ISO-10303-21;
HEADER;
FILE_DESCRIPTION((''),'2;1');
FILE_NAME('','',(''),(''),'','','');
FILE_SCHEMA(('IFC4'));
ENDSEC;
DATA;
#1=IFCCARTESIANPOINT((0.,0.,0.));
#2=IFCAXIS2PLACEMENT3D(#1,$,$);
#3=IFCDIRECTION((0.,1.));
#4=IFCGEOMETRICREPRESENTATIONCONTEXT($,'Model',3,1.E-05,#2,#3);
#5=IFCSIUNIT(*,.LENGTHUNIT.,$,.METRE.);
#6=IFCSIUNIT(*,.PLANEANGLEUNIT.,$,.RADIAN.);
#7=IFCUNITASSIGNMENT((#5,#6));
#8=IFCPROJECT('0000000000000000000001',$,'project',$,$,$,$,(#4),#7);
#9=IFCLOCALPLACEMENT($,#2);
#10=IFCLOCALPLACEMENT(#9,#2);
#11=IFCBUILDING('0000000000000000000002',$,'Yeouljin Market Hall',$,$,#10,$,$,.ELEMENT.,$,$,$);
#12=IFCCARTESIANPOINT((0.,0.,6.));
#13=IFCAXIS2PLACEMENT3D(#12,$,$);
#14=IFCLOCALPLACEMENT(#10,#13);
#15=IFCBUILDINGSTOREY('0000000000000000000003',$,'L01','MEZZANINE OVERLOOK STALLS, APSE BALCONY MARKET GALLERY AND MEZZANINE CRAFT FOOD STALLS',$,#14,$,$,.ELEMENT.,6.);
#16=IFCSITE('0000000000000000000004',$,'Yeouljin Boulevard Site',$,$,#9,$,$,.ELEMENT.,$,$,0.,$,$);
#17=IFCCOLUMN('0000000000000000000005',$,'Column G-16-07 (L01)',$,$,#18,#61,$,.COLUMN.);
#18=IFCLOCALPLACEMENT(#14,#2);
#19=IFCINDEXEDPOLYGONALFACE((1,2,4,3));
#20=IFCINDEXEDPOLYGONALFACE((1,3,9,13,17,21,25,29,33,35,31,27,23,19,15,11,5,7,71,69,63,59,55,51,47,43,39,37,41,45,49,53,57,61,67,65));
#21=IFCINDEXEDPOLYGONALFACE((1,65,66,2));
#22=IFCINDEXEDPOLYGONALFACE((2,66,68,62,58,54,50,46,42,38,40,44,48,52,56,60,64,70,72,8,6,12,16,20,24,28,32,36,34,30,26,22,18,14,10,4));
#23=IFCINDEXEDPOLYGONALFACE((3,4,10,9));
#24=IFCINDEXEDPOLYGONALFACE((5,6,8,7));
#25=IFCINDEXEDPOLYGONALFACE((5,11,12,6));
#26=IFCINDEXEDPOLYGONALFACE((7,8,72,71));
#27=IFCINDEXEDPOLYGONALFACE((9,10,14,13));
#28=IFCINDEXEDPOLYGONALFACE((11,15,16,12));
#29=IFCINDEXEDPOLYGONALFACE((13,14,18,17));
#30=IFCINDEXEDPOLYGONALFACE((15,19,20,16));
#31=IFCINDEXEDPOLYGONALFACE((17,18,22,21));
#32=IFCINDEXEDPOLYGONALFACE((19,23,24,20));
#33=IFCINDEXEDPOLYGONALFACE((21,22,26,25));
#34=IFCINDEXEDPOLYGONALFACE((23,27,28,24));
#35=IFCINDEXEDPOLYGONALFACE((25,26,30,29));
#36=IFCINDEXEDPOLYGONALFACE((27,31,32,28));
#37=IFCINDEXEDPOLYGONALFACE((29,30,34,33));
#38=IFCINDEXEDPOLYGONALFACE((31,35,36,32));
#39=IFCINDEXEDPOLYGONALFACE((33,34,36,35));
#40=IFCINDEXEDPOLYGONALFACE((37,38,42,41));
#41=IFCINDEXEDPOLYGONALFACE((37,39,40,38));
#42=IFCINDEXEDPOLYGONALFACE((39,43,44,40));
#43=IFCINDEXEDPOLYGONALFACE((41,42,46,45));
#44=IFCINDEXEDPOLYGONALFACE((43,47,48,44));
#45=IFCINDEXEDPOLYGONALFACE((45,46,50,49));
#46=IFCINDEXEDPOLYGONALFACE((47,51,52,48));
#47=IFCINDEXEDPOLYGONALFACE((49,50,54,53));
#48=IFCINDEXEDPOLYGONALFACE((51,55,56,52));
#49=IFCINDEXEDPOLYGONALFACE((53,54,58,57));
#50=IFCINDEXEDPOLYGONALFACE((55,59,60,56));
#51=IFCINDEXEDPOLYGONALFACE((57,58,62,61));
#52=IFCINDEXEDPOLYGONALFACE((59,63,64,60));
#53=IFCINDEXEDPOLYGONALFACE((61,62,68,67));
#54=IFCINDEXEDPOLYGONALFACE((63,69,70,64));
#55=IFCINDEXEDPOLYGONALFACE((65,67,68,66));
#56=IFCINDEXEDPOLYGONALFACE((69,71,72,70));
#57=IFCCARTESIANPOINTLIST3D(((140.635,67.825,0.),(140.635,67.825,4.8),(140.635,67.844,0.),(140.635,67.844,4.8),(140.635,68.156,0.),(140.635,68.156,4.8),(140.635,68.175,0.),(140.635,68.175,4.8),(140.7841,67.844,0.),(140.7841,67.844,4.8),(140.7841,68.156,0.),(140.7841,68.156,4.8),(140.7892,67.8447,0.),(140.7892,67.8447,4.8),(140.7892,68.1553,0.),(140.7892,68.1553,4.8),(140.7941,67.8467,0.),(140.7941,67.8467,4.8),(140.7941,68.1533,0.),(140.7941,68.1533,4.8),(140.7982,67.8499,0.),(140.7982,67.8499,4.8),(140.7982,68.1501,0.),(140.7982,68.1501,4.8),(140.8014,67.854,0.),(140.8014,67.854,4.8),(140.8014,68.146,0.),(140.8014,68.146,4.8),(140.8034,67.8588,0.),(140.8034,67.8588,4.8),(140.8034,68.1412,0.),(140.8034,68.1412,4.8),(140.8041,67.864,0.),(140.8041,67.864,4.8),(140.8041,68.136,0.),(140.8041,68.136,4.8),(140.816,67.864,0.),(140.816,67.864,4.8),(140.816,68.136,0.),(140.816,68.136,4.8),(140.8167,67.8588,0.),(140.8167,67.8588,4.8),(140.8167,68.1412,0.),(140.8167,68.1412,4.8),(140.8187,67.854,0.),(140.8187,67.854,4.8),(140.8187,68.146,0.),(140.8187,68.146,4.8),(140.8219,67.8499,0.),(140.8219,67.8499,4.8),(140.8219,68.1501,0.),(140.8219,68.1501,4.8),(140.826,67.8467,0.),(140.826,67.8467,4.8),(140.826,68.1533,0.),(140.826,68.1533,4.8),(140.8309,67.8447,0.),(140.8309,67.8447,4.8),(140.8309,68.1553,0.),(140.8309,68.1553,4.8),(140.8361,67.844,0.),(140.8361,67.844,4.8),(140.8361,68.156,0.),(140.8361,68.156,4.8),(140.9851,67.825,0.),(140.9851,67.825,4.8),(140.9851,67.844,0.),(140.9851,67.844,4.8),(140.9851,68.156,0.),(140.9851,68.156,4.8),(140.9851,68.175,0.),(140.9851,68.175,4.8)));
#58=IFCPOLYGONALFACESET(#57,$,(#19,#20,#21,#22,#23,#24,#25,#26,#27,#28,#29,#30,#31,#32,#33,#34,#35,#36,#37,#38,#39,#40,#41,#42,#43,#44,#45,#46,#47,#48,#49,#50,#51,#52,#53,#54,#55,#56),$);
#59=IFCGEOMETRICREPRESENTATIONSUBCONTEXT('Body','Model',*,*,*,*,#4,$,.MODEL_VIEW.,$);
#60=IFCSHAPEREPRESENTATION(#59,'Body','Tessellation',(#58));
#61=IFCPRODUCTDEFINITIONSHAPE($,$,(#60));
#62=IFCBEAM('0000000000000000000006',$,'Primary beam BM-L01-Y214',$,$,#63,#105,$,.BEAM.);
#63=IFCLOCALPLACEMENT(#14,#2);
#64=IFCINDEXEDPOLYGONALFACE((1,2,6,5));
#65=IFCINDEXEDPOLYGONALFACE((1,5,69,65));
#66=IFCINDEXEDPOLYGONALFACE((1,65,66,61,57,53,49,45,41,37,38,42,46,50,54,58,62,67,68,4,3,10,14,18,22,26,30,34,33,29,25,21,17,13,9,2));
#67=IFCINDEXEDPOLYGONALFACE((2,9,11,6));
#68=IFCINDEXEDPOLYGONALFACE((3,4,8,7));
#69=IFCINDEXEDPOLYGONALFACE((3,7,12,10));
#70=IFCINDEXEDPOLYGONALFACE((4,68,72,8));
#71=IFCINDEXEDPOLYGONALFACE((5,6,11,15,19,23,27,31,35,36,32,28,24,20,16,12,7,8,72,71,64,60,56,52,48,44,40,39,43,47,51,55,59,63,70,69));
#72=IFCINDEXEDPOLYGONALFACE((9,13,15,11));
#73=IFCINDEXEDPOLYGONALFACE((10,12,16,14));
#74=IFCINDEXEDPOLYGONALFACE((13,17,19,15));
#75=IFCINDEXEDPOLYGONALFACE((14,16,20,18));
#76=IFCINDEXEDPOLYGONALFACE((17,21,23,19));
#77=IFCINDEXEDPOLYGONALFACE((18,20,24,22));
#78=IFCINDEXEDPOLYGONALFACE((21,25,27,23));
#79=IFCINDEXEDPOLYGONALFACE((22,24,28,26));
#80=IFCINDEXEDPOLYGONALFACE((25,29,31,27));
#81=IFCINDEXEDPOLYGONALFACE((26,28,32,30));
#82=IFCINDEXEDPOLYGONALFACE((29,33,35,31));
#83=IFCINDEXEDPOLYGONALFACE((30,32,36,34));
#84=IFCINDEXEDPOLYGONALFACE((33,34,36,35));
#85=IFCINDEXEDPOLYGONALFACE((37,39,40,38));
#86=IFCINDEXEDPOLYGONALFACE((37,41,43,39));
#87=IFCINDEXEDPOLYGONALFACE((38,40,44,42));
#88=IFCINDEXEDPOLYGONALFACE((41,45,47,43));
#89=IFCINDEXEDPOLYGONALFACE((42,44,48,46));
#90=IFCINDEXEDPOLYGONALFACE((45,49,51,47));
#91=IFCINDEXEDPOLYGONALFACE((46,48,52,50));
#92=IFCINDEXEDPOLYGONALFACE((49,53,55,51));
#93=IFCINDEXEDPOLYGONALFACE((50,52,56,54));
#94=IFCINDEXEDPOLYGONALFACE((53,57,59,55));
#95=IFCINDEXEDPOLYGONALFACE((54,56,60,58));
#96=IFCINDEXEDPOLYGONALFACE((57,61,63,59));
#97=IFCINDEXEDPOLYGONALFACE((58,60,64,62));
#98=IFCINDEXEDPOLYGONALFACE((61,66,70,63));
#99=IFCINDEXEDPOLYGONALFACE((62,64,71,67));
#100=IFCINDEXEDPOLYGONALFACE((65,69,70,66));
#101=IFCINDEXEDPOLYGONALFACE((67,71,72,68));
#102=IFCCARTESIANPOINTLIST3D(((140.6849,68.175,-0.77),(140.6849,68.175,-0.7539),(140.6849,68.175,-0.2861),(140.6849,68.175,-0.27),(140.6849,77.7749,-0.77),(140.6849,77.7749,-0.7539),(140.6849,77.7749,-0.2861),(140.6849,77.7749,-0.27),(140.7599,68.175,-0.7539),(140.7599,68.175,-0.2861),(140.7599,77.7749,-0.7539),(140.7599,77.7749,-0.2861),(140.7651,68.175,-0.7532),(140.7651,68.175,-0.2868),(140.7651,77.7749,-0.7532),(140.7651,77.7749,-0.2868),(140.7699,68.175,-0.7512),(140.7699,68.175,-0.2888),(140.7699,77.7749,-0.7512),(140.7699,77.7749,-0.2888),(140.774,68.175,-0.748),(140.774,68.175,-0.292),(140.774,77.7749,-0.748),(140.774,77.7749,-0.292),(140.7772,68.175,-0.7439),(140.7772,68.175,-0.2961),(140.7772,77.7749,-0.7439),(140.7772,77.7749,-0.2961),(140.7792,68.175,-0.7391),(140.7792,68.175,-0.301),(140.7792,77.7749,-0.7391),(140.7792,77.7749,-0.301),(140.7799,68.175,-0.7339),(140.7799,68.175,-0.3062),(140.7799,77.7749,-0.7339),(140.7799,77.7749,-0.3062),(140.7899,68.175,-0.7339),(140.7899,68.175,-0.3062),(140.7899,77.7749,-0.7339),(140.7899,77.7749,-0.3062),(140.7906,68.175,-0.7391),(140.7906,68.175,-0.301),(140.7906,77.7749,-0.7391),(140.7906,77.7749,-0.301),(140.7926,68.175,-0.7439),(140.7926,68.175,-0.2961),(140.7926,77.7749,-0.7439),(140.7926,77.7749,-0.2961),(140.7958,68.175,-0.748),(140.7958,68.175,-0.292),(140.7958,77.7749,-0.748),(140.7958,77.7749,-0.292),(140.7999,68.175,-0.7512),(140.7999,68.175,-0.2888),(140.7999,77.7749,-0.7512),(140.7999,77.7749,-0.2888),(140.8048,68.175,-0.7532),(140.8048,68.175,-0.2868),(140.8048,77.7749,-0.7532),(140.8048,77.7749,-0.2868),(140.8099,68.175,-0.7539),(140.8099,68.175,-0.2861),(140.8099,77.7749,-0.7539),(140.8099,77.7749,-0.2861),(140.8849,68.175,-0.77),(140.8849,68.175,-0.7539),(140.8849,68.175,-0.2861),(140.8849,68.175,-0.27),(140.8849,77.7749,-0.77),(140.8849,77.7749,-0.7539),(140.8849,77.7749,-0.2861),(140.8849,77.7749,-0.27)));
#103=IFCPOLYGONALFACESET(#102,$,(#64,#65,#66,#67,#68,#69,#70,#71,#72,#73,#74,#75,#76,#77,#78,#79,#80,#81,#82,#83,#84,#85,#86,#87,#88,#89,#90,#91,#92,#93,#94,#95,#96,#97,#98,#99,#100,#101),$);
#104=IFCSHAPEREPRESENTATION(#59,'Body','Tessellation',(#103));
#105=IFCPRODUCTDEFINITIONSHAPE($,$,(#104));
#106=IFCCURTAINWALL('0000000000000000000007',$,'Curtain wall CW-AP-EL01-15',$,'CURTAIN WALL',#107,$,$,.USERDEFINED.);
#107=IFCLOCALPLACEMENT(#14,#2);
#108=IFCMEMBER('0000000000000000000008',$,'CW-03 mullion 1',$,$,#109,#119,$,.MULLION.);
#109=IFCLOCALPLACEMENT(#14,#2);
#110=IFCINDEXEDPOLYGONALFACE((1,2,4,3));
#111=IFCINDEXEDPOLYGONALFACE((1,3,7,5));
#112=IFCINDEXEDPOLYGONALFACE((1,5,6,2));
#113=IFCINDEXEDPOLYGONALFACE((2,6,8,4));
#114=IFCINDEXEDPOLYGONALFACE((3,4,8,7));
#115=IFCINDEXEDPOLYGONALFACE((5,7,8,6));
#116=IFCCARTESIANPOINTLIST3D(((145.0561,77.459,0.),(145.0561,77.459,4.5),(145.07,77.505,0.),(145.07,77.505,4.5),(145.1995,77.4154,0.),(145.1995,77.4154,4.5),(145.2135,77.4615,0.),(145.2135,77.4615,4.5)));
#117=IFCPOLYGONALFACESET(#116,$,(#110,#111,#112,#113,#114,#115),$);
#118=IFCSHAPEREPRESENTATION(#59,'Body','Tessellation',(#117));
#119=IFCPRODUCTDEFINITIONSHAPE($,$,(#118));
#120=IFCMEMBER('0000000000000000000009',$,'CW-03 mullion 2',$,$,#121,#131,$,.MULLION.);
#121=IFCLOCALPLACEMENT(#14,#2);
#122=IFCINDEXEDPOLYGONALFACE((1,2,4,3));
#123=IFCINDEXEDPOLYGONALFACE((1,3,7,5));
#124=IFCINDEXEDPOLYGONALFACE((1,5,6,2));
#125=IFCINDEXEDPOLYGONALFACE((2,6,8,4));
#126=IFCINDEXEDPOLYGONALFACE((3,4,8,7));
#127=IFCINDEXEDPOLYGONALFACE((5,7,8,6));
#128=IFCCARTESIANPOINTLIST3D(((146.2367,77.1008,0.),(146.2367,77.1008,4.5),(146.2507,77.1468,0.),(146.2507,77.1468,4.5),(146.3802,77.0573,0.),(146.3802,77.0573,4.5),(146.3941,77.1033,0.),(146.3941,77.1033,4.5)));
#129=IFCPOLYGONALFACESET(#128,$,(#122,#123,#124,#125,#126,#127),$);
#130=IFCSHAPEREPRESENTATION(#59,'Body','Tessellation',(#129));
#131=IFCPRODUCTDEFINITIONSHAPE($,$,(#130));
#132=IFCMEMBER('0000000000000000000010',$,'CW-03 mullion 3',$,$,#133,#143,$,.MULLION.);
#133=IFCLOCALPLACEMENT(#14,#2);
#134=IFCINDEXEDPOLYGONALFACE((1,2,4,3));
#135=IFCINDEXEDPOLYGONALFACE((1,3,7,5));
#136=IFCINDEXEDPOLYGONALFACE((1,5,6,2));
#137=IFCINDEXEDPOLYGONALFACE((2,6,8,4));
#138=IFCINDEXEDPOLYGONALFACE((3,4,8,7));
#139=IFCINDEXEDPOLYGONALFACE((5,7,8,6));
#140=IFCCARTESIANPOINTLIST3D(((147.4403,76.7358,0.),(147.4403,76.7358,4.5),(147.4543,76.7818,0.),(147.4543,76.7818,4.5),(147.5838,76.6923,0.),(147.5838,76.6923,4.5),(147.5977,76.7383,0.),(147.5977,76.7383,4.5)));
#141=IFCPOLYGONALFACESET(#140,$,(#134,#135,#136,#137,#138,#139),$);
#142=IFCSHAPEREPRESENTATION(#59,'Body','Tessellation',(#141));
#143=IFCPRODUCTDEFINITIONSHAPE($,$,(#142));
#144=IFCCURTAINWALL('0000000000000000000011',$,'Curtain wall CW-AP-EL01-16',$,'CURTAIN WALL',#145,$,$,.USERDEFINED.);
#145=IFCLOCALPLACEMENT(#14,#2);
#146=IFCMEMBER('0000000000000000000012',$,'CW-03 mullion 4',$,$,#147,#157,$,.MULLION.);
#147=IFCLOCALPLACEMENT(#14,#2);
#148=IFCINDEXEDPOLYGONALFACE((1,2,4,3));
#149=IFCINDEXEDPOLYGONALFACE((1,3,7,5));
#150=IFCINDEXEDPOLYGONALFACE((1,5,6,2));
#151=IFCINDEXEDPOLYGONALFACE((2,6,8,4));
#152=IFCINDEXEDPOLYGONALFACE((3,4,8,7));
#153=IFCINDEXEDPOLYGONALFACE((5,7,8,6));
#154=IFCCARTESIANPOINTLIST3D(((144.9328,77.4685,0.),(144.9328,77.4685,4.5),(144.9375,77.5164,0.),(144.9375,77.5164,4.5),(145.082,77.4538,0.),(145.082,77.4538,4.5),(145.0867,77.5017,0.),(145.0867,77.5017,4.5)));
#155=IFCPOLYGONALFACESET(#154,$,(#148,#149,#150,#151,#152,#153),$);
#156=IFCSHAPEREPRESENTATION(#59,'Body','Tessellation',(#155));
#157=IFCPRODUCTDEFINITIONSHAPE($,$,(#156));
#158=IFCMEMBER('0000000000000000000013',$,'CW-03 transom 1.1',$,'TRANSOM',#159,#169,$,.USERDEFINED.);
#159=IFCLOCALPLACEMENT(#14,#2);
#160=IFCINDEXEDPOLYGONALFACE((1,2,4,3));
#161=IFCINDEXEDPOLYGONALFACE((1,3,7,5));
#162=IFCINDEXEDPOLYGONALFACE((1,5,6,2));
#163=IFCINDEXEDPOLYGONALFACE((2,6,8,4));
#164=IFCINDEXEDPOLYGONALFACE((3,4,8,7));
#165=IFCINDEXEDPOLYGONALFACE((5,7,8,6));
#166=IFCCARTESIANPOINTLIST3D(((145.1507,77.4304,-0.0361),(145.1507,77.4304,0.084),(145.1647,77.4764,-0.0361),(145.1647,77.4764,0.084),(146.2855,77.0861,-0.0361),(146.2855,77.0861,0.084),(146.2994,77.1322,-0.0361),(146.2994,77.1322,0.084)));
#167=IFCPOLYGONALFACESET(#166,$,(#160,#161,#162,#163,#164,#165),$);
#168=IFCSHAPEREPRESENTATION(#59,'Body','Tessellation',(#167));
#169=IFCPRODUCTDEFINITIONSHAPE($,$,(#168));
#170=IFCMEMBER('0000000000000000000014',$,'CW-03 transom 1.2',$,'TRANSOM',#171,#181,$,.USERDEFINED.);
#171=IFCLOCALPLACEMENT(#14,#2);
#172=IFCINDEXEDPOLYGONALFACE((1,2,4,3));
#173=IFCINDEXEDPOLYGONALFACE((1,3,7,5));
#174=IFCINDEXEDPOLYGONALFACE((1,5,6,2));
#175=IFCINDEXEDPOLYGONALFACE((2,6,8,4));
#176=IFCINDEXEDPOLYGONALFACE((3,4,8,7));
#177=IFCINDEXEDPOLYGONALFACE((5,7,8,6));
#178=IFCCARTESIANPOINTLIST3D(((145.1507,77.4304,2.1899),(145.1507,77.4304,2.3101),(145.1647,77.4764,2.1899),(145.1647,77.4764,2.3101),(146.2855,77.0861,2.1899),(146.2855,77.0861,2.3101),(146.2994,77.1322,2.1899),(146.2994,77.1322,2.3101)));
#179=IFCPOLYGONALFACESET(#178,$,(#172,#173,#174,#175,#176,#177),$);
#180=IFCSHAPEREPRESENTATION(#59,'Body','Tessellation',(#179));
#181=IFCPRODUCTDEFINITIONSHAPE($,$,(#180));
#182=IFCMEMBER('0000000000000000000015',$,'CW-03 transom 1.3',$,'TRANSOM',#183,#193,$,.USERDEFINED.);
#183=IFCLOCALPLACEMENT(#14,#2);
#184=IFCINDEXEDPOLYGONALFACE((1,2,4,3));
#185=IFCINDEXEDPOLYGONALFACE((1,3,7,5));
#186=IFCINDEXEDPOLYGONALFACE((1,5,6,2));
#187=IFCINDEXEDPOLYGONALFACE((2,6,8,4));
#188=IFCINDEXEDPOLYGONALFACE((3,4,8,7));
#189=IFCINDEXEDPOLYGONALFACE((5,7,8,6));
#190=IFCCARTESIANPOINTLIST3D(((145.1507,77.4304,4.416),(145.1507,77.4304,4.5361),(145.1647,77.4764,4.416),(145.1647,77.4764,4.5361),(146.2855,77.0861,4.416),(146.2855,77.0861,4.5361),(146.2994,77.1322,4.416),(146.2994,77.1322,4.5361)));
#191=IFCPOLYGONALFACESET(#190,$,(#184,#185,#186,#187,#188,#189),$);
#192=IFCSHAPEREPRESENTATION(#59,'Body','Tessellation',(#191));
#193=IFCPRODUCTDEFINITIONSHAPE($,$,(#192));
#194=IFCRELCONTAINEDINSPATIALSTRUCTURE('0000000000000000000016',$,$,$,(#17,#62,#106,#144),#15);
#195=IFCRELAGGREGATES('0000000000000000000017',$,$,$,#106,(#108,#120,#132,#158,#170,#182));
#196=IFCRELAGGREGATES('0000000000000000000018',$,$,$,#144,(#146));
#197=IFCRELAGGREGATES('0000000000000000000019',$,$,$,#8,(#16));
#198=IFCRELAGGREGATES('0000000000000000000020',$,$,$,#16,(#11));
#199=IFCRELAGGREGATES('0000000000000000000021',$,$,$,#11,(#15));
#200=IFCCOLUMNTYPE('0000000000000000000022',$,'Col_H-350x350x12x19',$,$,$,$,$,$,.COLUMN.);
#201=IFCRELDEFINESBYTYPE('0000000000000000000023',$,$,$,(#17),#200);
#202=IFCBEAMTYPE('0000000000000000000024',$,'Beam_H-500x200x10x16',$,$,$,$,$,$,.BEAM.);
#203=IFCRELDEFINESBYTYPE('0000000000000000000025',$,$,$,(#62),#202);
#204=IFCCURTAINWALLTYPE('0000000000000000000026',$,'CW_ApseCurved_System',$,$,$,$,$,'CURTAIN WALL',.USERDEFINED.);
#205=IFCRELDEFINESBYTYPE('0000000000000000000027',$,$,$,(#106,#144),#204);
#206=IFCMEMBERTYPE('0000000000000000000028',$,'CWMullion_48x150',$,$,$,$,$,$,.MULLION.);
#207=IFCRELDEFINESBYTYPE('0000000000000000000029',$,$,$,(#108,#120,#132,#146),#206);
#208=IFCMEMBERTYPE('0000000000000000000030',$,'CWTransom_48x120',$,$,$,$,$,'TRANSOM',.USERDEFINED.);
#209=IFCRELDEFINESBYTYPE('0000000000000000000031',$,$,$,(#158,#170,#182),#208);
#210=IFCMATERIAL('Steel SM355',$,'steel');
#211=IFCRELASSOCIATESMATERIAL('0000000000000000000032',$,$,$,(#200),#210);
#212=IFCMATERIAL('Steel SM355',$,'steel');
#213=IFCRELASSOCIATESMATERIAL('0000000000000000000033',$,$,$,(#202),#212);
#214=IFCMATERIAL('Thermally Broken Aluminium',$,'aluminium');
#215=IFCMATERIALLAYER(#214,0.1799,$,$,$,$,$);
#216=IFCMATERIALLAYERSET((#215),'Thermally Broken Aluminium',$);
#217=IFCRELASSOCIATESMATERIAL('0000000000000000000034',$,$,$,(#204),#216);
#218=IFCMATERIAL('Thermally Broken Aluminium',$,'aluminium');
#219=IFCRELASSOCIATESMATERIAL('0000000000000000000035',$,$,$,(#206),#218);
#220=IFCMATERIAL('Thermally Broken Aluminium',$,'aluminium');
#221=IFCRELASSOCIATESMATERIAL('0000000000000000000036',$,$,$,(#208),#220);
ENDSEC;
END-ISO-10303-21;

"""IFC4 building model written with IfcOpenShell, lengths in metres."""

from ifc_helpers import new_model, si_unit, direction, frame, origin, origin_2d, place, context, subcontext, project, spatial, rectangle, i_section, extrude, material, layer, layer_set, material_profile, profile_set, type_object, element, aggregate, save


model = new_model("IFC4")

# Units and contexts
model_context = context("Model", 3, precision=1e-05, world=origin(), true_north=direction((0.0, 1.0)))
body_context = subcontext(model_context, "Body", "Model", "MODEL_VIEW")
ifc_project = project(units=[si_unit("LENGTHUNIT", "METRE"), si_unit("PLANEANGLEUNIT", "RADIAN")], contexts=[model_context])

# Site, building, storey
site_placement = place(None, origin())
site = spatial("IfcSite", under=ifc_project, at=site_placement, Name="Yeouljin Boulevard Site", CompositionType="ELEMENT", RefElevation=0.0)
building_placement = place(site_placement, origin())
building = spatial("IfcBuilding", under=site, at=building_placement, Name="Yeouljin Market Hall", CompositionType="ELEMENT")
storey_placement = place(building_placement, frame((0.0, 0.0, 6.0)))
storey = spatial("IfcBuildingStorey", under=building, at=storey_placement, Name="L01", Description="MEZZANINE OVERLOOK STALLS, APSE BALCONY MARKET GALLERY AND MEZZANINE CRAFT FOOD STALLS", CompositionType="ELEMENT", Elevation=6.0)

# Column
ifc_material_1 = material(Name="Steel SM355", Category="steel")
ifc_material_profile_1 = material_profile(ifc_material_1, i_section(OverallWidth=0.3501, OverallDepth=0.3501, WebThickness=0.012, FlangeThickness=0.019, FilletRadius=0.02, at=origin_2d()), Name="H-350x350x12x19")
ifc_profile_set_1 = profile_set([ifc_material_profile_1], Name="Steel SM355")
column_type = type_object("IfcColumnType", Name="Col_H-350x350x12x19", PredefinedType="COLUMN", material=ifc_profile_set_1)
column_placement = place(storey_placement, frame((140.8101, 68.0, 0.0), z_axis=(0.0, 0.0, 1.0), x_axis=(1.0, 0.0, 0.0)))
element("IfcColumn", 1, at=column_placement, inside=storey, type_object=column_type, Name="Column G-16-07 (L01)", PredefinedType="COLUMN", context=body_context, shape_type="SweptSolid", body=[
    extrude(i_section(OverallWidth=0.3501, OverallDepth=0.3501, WebThickness=0.012, FlangeThickness=0.019, FilletRadius=0.02, at=origin_2d()), origin(), (0.0, 0.0, 1.0), 4.8),
])

# Beam
ifc_material_2 = material(Name="Steel SM355", Category="steel")
ifc_material_profile_2 = material_profile(ifc_material_2, i_section(OverallWidth=0.2, OverallDepth=0.5, WebThickness=0.01, FlangeThickness=0.0161, FilletRadius=0.02, at=origin_2d()), Name="H-500x200x10x16")
ifc_profile_set_2 = profile_set([ifc_material_profile_2], Name="Steel SM355")
beam_type_1 = type_object("IfcBeamType", Name="Beam_H-500x200x10x16", PredefinedType="BEAM", material=ifc_profile_set_2)
beam_1_placement = place(storey_placement, frame((140.7849, 68.175, -0.52), z_axis=(0.0, 1.0, 0.0), x_axis=(-1.0, 0.0, 0.0)))
element("IfcBeam", 2, at=beam_1_placement, inside=storey, type_object=beam_type_1, Name="Primary beam BM-L01-Y214", PredefinedType="BEAM", context=body_context, shape_type="SweptSolid", body=[
    extrude(i_section(OverallWidth=0.2, OverallDepth=0.5, WebThickness=0.01, FlangeThickness=0.0161, FilletRadius=0.02, at=origin_2d()), origin(), (0.0, 0.0, 1.0), 9.5999),
])

# Curtain wall, members
ifc_material_3 = material(Name="Thermally Broken Aluminium", Category="aluminium")
ifc_layer_1 = layer(ifc_material_3, 0.1799)
ifc_layer_set_1 = layer_set([ifc_layer_1], Name="Thermally Broken Aluminium")
curtain_wall_type = type_object("IfcCurtainWallType", Name="CW_ApseCurved_System", ElementType="CURTAIN WALL", PredefinedType="USERDEFINED", material=ifc_layer_set_1)
curtain_wall_1_placement = place(storey_placement, origin())
curtain_wall_1 = element("IfcCurtainWall", 3, at=curtain_wall_1_placement, inside=storey, type_object=curtain_wall_type, Name="Curtain wall CW-AP-EL01-15", ObjectType="CURTAIN WALL", PredefinedType="USERDEFINED")
ifc_material_4 = material(Name="Thermally Broken Aluminium", Category="aluminium")
ifc_material_profile_3 = material_profile(ifc_material_4, rectangle(XDim=0.0481, YDim=0.1499, at=origin_2d()), Name="CW-MULL-48x150")
ifc_profile_set_3 = profile_set([ifc_material_profile_3], Name="Thermally Broken Aluminium")
member_type_1 = type_object("IfcMemberType", Name="CWMullion_48x150", PredefinedType="MULLION", material=ifc_profile_set_3)
member_1_placement = place(storey_placement, frame((145.1348, 77.4602, 0.0), z_axis=(0.0, 0.0, 1.0), x_axis=(0.290286, 0.95694, 0.0)))
member_1 = element("IfcMember", 4, at=member_1_placement, type_object=member_type_1, Name="CW-03 mullion 1", PredefinedType="MULLION", context=body_context, shape_type="SweptSolid", body=[
    extrude(rectangle(XDim=0.0481, YDim=0.1499, at=origin_2d()), origin(), (0.0, 0.0, 1.0), 4.5),
])
member_2_placement = place(storey_placement, frame((146.3154, 77.1021, 0.0), z_axis=(0.0, 0.0, 1.0), x_axis=(0.290286, 0.95694, 0.0)))
member_2 = element("IfcMember", 5, at=member_2_placement, type_object=member_type_1, Name="CW-03 mullion 2", PredefinedType="MULLION", context=body_context, shape_type="SweptSolid", body=[
    extrude(rectangle(XDim=0.0481, YDim=0.1499, at=origin_2d()), origin(), (0.0, 0.0, 1.0), 4.5),
])
member_3_placement = place(storey_placement, frame((147.519, 76.7371, 0.0), z_axis=(0.0, 0.0, 1.0), x_axis=(0.290286, 0.95694, 0.0)))
member_3 = element("IfcMember", 6, at=member_3_placement, type_object=member_type_1, Name="CW-03 mullion 3", PredefinedType="MULLION", context=body_context, shape_type="SweptSolid", body=[
    extrude(rectangle(XDim=0.0481, YDim=0.1499, at=origin_2d()), origin(), (0.0, 0.0, 1.0), 4.5),
])

# Curtain wall, member
curtain_wall_2_placement = place(storey_placement, origin())
curtain_wall_2 = element("IfcCurtainWall", 7, at=curtain_wall_2_placement, inside=storey, type_object=curtain_wall_type, Name="Curtain wall CW-AP-EL01-16", ObjectType="CURTAIN WALL", PredefinedType="USERDEFINED")
member_4_placement = place(storey_placement, frame((145.0098, 77.4851, 0.0), z_axis=(0.0, 0.0, 1.0), x_axis=(0.098034, 0.995183, 0.0)))
member_4 = element("IfcMember", 8, at=member_4_placement, type_object=member_type_1, Name="CW-03 mullion 4", PredefinedType="MULLION", context=body_context, shape_type="SweptSolid", body=[
    extrude(rectangle(XDim=0.0481, YDim=0.1499, at=origin_2d()), origin(), (0.0, 0.0, 1.0), 4.5),
])

# Members
ifc_material_5 = material(Name="Thermally Broken Aluminium", Category="aluminium")
ifc_material_profile_4 = material_profile(ifc_material_5, rectangle(XDim=0.0481, YDim=0.1201, at=origin_2d()), Name="CW-TRAN-48x120")
ifc_profile_set_4 = profile_set([ifc_material_profile_4], Name="Thermally Broken Aluminium")
member_type_2 = type_object("IfcMemberType", Name="CWTransom_48x120", ElementType="TRANSOM", PredefinedType="USERDEFINED", material=ifc_profile_set_4)
member_5_placement = place(storey_placement, frame((145.1577, 77.4534, 0.0239), z_axis=(0.956938, -0.290293, 0.0), x_axis=(0.290293, 0.956938, 0.0)))
member_5 = element("IfcMember", 9, at=member_5_placement, type_object=member_type_2, Name="CW-03 transom 1.1", ObjectType="TRANSOM", PredefinedType="USERDEFINED", context=body_context, shape_type="SweptSolid", body=[
    extrude(rectangle(XDim=0.0481, YDim=0.1201, at=origin_2d()), origin(), (0.0, 0.0, 1.0), 1.1858),
])
member_6_placement = place(storey_placement, frame((145.1577, 77.4534, 2.25), z_axis=(0.956938, -0.290293, 0.0), x_axis=(0.290293, 0.956938, 0.0)))
member_6 = element("IfcMember", 10, at=member_6_placement, type_object=member_type_2, Name="CW-03 transom 1.2", ObjectType="TRANSOM", PredefinedType="USERDEFINED", context=body_context, shape_type="SweptSolid", body=[
    extrude(rectangle(XDim=0.0481, YDim=0.1201, at=origin_2d()), origin(), (0.0, 0.0, 1.0), 1.1858),
])
member_7_placement = place(storey_placement, frame((145.1577, 77.4534, 4.4761), z_axis=(0.956938, -0.290293, 0.0), x_axis=(0.290293, 0.956938, 0.0)))
member_7 = element("IfcMember", 11, at=member_7_placement, type_object=member_type_2, Name="CW-03 transom 1.3", ObjectType="TRANSOM", PredefinedType="USERDEFINED", context=body_context, shape_type="SweptSolid", body=[
    extrude(rectangle(XDim=0.0481, YDim=0.1201, at=origin_2d()), origin(), (0.0, 0.0, 1.0), 1.1858),
])

aggregate(curtain_wall_1, [member_1, member_2, member_3, member_5, member_6, member_7])
aggregate(curtain_wall_2, [member_4])

save(model, "model.ifc")
